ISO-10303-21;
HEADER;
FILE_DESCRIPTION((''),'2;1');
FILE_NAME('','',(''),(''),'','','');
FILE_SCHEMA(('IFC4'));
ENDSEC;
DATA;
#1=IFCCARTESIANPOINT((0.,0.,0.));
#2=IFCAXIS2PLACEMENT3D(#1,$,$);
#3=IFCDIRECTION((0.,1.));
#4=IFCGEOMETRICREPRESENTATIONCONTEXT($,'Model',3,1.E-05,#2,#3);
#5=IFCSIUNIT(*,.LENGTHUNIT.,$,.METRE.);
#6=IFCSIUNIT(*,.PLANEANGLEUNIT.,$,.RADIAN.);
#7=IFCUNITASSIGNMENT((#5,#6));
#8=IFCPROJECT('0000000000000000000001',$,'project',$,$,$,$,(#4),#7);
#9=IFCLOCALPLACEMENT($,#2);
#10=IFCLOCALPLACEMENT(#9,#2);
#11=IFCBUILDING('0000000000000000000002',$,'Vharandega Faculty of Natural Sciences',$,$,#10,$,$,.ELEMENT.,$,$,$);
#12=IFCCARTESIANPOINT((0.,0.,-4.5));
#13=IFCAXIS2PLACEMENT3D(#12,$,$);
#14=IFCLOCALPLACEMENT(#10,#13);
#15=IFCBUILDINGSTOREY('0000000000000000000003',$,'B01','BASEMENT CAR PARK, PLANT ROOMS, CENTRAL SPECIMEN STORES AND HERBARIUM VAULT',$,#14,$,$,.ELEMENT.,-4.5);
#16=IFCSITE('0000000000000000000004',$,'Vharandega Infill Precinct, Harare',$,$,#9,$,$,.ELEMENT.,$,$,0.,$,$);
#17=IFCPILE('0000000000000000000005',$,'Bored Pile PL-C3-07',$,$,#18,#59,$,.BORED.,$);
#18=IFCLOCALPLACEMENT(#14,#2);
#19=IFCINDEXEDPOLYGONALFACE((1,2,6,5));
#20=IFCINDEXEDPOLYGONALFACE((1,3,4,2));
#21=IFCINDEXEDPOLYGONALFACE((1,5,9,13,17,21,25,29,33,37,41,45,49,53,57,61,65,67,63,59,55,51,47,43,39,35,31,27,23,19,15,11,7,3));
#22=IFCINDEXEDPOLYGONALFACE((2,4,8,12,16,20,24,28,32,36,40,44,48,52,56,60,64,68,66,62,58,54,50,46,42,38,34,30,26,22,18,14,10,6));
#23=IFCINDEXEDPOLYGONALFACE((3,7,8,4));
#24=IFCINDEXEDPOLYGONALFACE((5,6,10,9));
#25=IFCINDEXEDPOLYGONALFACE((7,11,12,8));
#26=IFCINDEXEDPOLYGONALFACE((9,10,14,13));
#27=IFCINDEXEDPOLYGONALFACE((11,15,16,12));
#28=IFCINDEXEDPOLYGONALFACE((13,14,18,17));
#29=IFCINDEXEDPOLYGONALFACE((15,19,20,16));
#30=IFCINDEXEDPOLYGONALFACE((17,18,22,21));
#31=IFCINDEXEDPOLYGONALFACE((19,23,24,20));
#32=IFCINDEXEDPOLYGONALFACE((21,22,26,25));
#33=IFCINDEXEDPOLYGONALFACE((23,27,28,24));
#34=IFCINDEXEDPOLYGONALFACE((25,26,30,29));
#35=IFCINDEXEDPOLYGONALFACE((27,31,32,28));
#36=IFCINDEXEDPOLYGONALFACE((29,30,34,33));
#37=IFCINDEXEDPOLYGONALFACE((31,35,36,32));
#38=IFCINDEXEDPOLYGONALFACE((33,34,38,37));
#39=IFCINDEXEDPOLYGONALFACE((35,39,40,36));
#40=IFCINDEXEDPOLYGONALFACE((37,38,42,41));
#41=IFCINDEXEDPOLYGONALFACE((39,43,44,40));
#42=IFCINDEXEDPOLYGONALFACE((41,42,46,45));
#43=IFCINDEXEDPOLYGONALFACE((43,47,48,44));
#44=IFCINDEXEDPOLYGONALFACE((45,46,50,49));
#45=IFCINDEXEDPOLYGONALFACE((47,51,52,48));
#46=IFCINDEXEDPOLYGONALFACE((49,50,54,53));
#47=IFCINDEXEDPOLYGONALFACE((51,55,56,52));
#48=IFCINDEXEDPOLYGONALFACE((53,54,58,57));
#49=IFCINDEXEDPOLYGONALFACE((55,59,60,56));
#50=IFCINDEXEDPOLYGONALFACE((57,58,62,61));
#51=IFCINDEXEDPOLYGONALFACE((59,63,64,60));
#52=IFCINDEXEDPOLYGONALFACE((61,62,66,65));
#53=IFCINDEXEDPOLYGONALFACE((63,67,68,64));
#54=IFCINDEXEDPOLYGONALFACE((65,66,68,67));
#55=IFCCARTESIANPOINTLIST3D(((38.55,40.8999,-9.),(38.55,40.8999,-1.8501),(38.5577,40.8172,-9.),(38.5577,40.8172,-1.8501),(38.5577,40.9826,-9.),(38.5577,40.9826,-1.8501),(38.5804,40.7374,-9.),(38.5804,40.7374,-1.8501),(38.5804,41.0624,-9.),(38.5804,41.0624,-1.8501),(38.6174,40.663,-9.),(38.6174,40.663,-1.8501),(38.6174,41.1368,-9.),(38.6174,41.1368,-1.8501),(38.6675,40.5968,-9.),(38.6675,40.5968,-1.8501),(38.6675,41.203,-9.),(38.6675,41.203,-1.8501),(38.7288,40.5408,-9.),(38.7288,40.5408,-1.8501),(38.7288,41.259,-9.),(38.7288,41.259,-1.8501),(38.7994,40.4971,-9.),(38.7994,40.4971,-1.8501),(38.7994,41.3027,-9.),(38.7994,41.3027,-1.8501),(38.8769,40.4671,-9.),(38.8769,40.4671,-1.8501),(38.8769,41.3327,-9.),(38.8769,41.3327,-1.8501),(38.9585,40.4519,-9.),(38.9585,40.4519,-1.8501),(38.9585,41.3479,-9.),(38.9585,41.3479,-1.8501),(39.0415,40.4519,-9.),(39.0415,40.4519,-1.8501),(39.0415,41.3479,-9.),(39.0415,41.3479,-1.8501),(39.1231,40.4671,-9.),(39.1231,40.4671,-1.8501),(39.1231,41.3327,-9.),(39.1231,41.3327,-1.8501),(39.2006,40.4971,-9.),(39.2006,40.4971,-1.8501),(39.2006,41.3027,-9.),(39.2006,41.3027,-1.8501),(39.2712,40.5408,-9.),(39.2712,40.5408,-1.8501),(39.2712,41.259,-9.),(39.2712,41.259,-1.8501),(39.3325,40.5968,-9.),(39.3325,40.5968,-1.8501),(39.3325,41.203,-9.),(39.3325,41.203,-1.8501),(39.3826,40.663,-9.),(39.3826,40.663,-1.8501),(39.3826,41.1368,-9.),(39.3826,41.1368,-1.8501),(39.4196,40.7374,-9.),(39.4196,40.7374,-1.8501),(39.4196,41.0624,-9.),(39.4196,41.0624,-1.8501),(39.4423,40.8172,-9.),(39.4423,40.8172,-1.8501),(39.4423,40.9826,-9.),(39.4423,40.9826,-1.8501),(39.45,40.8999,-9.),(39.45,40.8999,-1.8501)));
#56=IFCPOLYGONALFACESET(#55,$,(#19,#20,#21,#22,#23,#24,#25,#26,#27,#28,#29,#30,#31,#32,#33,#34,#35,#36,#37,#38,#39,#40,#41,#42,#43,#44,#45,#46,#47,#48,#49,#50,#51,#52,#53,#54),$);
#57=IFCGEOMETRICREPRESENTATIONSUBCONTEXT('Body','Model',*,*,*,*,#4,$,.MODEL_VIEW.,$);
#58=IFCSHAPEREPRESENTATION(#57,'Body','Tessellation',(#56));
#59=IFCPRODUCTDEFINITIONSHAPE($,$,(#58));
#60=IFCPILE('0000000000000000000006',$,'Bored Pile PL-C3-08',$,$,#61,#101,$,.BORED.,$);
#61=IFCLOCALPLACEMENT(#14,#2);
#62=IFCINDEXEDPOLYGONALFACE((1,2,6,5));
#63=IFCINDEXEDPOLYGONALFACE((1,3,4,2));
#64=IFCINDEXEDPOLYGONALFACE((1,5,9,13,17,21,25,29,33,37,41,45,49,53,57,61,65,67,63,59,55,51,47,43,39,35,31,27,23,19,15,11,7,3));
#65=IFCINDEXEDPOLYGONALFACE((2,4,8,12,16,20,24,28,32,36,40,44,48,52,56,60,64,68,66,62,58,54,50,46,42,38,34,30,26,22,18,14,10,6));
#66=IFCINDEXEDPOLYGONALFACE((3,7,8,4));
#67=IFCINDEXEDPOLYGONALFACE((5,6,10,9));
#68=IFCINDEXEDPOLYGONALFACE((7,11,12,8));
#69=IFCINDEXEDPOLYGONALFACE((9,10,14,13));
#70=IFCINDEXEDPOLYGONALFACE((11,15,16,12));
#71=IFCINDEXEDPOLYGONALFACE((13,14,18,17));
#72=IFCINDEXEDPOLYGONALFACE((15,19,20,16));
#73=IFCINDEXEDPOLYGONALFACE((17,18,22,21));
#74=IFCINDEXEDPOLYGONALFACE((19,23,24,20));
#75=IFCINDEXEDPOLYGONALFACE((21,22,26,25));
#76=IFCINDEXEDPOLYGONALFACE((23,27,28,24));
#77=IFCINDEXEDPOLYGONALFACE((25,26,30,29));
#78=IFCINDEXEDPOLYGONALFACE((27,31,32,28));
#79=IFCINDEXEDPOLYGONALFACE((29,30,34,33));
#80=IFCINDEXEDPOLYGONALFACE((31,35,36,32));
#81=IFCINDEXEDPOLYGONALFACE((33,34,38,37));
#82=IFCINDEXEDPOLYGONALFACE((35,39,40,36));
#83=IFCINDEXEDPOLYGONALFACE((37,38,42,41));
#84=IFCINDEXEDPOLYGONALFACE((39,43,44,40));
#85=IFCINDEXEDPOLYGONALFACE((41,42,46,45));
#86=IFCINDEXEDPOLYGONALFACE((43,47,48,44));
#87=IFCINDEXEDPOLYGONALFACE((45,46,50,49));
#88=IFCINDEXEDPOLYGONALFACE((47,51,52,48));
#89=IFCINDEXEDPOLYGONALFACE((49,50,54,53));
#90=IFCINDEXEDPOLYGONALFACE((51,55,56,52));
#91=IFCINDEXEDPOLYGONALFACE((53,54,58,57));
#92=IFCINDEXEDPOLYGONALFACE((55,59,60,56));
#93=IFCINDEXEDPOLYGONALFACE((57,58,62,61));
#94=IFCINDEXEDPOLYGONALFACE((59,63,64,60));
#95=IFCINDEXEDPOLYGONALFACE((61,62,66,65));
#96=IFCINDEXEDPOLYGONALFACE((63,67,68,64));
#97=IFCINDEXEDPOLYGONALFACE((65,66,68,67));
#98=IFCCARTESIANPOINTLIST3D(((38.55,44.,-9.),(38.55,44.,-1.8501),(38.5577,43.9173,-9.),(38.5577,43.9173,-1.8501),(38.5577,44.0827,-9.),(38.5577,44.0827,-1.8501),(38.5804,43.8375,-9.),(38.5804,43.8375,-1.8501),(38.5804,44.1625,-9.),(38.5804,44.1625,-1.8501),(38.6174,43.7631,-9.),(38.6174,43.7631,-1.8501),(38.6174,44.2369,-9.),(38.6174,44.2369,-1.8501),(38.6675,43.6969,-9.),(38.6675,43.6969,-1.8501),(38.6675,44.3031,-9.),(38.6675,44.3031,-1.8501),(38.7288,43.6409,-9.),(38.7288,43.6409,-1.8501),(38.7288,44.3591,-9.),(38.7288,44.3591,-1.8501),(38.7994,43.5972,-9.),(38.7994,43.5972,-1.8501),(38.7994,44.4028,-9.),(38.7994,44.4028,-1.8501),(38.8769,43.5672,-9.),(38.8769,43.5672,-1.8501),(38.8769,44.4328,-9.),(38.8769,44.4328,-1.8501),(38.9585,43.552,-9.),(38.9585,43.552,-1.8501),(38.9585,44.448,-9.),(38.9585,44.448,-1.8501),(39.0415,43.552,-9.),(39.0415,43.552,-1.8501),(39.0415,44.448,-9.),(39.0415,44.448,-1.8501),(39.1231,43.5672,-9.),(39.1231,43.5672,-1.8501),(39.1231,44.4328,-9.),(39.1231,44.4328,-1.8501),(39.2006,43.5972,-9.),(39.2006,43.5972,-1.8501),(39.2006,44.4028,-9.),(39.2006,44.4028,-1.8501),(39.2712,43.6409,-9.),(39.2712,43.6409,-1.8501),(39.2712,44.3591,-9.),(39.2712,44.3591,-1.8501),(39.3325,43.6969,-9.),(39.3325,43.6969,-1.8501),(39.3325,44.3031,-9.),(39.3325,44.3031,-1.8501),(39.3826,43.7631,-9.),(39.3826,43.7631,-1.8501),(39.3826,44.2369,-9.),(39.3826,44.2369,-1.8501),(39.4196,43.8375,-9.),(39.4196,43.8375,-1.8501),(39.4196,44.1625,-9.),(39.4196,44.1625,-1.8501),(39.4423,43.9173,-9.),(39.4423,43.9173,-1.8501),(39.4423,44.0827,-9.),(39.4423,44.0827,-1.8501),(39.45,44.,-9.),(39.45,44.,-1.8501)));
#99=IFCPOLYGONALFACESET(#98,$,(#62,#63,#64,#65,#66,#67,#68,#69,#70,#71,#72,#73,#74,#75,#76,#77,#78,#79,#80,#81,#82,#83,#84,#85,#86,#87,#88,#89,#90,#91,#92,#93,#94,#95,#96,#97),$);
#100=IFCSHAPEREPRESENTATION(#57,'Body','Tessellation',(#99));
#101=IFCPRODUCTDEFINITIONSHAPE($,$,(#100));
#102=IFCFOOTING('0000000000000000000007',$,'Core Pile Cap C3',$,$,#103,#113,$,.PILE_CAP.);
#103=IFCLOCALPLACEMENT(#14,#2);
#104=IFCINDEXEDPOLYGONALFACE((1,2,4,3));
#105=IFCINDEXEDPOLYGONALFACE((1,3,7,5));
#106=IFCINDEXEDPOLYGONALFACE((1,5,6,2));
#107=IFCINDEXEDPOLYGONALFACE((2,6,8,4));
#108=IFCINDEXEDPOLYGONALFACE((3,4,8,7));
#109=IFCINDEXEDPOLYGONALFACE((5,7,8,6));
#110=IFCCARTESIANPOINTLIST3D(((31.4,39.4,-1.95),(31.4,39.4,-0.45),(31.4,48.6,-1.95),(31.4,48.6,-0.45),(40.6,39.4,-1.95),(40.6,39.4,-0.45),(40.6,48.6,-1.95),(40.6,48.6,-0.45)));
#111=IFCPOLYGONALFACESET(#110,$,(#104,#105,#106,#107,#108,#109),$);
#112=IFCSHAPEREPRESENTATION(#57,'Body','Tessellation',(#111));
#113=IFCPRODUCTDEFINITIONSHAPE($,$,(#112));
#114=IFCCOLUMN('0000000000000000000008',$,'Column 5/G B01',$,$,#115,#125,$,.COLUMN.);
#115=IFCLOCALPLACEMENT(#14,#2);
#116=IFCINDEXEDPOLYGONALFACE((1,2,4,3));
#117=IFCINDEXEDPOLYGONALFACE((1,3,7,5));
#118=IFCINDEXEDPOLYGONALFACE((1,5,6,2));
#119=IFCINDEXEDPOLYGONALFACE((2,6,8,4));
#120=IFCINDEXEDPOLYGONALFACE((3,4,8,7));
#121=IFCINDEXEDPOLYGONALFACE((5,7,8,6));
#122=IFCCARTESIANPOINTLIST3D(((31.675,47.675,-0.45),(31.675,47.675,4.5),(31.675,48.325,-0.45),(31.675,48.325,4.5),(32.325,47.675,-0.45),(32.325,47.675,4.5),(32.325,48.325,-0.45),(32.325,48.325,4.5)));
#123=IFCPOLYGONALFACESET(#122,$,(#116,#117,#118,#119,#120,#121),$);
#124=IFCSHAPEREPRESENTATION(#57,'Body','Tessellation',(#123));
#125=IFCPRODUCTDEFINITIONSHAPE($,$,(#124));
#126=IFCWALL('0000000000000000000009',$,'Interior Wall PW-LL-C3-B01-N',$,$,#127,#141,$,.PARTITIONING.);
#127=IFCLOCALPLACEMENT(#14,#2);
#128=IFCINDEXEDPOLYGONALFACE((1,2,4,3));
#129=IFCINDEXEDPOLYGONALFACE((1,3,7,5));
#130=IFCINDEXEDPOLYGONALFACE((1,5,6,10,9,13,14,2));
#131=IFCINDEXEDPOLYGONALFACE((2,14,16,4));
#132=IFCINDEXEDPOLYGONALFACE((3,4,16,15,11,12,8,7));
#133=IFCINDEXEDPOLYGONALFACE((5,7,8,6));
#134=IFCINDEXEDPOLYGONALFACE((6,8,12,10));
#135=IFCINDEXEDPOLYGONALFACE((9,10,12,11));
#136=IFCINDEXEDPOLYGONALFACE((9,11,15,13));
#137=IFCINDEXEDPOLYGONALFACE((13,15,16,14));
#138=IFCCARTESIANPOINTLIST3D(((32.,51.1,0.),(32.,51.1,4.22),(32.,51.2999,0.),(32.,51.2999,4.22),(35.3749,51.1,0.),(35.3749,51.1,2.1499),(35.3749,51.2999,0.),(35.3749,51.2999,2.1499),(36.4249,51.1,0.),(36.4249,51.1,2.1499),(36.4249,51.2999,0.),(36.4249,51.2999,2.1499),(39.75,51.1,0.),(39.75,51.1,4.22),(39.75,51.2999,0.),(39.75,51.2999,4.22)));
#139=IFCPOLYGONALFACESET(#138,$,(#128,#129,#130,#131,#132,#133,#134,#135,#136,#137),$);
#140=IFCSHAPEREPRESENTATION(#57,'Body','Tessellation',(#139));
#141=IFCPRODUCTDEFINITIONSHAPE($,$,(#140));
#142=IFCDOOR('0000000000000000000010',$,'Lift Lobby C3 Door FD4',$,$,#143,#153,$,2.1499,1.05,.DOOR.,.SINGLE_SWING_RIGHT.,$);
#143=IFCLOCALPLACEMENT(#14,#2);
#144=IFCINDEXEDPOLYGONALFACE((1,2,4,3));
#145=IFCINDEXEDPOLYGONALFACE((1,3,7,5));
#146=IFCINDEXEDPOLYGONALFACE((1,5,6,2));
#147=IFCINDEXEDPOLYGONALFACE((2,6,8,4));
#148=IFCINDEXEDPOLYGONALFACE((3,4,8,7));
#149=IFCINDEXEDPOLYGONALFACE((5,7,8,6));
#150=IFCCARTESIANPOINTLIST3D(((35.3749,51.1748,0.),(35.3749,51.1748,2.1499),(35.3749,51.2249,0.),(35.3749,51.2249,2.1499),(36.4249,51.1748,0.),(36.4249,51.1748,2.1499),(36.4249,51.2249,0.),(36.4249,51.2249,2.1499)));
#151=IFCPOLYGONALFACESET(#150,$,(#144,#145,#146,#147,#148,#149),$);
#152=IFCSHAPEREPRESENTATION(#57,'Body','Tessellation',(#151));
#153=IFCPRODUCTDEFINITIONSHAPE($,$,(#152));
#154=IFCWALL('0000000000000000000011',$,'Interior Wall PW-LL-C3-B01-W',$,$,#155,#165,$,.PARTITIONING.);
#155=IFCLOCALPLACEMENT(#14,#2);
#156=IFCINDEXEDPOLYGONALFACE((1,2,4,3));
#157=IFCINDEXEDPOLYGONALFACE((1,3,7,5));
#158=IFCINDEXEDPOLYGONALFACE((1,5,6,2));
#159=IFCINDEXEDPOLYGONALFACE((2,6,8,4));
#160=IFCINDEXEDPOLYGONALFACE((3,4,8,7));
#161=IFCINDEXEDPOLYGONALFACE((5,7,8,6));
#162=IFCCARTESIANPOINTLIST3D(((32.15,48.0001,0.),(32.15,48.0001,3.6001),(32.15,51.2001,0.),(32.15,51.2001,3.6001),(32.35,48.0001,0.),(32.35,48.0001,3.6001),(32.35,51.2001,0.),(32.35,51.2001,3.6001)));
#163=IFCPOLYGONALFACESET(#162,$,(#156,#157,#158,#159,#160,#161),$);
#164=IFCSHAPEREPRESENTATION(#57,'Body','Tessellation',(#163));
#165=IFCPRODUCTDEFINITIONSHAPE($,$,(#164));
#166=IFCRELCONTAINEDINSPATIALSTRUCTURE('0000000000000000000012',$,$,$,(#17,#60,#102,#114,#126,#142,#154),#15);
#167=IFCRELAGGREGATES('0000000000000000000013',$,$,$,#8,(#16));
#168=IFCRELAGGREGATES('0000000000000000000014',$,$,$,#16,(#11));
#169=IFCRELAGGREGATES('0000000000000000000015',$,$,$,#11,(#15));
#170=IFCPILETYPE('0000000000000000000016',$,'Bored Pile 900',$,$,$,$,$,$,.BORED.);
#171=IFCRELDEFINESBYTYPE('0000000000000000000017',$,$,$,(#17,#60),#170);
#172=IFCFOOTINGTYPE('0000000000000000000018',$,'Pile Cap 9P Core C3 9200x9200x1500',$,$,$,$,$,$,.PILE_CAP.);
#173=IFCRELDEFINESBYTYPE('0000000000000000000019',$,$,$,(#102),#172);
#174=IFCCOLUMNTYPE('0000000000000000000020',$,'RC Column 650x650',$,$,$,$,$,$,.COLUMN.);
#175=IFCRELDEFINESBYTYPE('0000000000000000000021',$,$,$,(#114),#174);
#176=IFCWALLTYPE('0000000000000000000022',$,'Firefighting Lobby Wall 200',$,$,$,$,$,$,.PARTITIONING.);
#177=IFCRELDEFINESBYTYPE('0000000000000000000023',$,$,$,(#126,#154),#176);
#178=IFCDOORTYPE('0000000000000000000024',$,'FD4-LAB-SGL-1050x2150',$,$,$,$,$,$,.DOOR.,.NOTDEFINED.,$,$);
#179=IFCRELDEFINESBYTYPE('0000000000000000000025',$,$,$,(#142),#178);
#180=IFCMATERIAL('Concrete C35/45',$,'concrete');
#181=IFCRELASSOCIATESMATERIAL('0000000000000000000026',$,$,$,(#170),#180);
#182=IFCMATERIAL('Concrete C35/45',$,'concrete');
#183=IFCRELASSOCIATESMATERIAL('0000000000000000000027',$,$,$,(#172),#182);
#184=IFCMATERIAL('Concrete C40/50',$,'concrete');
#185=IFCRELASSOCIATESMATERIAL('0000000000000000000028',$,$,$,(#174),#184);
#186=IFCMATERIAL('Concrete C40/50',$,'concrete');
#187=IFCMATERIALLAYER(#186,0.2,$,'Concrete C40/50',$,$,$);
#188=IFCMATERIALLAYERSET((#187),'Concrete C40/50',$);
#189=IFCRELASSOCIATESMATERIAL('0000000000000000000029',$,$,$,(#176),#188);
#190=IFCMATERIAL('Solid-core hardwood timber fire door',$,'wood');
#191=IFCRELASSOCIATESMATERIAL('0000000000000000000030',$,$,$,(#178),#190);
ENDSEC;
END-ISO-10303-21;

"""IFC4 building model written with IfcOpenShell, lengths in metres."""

from ifc_helpers import new_model, si_unit, direction, frame, frame_2d, origin, origin_2d, place, context, subcontext, project, spatial, rectangle, circle, extrude, material, layer, layer_set, material_profile, profile_set, type_object, element, fill, save


model = new_model("IFC4")

# Units and contexts
model_context = context("Model", 3, precision=1e-05, world=origin(), true_north=direction((0.0, 1.0)))
body_context = subcontext(model_context, "Body", "Model", "MODEL_VIEW")
ifc_project = project(units=[si_unit("LENGTHUNIT", "METRE"), si_unit("PLANEANGLEUNIT", "RADIAN")], contexts=[model_context])

# Site, building, storey
site_placement = place(None, origin())
site = spatial("IfcSite", under=ifc_project, at=site_placement, Name="Vharandega Infill Precinct, Harare", CompositionType="ELEMENT", RefElevation=0.0)
building_placement = place(site_placement, origin())
building = spatial("IfcBuilding", under=site, at=building_placement, Name="Vharandega Faculty of Natural Sciences", CompositionType="ELEMENT")
storey_placement = place(building_placement, frame((0.0, 0.0, -4.5)))
storey = spatial("IfcBuildingStorey", under=building, at=storey_placement, Name="B01", Description="BASEMENT CAR PARK, PLANT ROOMS, CENTRAL SPECIMEN STORES AND HERBARIUM VAULT", CompositionType="ELEMENT", Elevation=-4.5)

# Piles
ifc_material_1 = material(Name="Concrete C35/45", Category="concrete")
ifc_material_profile_1 = material_profile(ifc_material_1, circle(Radius=0.45, at=origin_2d()), Name="PILE 900")
ifc_profile_set_1 = profile_set([ifc_material_profile_1], Name="Concrete C35/45")
pile_type = type_object("IfcPileType", Name="Bored Pile 900", PredefinedType="BORED", material=ifc_profile_set_1)
for number, where, z_axis, x_axis, name in (
    (1, (39.0, 40.8999, -1.8501), (0.0, 0.0, -1.0), (1.0, 0.0, 0.0), "Bored Pile PL-C3-07"),
    (2, (39.0, 44.0, -1.8501), (0.0, 0.0, -1.0), (1.0, 0.0, 0.0), "Bored Pile PL-C3-08"),
):
    element("IfcPile", number, at=place(storey_placement, frame(where, z_axis=z_axis, x_axis=x_axis)), inside=storey, type_object=pile_type, Name=name, PredefinedType="BORED", context=body_context, shape_type="SweptSolid", body=[
        extrude(circle(Radius=0.45, at=origin_2d()), origin(), (0.0, 0.0, 1.0), 7.1499),
    ])

# Footing
ifc_material_2 = material(Name="Concrete C35/45", Category="concrete")
footing_type = type_object("IfcFootingType", Name="Pile Cap 9P Core C3 9200x9200x1500", PredefinedType="PILE_CAP", material=ifc_material_2)
footing_placement = place(storey_placement, frame((36.0, 44.0, -1.95), z_axis=(0.0, 0.0, 1.0), x_axis=(1.0, 0.0, 0.0)))
element("IfcFooting", 3, at=footing_placement, inside=storey, type_object=footing_type, Name="Core Pile Cap C3", PredefinedType="PILE_CAP", context=body_context, shape_type="SweptSolid", body=[
    extrude(rectangle(XDim=9.2, YDim=9.2, at=origin_2d()), origin(), (0.0, 0.0, 1.0), 1.5),
])

# Column
ifc_material_3 = material(Name="Concrete C40/50", Category="concrete")
ifc_material_profile_2 = material_profile(ifc_material_3, rectangle(XDim=0.6499, YDim=0.6499, at=origin_2d()), Name="RC 650x650")
ifc_profile_set_2 = profile_set([ifc_material_profile_2], Name="Concrete C40/50")
column_type = type_object("IfcColumnType", Name="RC Column 650x650", PredefinedType="COLUMN", material=ifc_profile_set_2)
column_placement = place(storey_placement, frame((32.0, 48.0, -0.45), z_axis=(0.0, 0.0, 1.0), x_axis=(1.0, 0.0, 0.0)))
element("IfcColumn", 4, at=column_placement, inside=storey, type_object=column_type, Name="Column 5/G B01", PredefinedType="COLUMN", context=body_context, shape_type="SweptSolid", body=[
    extrude(rectangle(XDim=0.6499, YDim=0.6499, at=origin_2d()), origin(), (0.0, 0.0, 1.0), 4.95),
])

# Wall, opening, door
ifc_material_4 = material(Name="Concrete C40/50", Category="concrete")
ifc_layer_1 = layer(ifc_material_4, 0.2, Name="Concrete C40/50")
ifc_layer_set_1 = layer_set([ifc_layer_1], Name="Concrete C40/50")
wall_type_1 = type_object("IfcWallType", Name="Firefighting Lobby Wall 200", PredefinedType="PARTITIONING", material=ifc_layer_set_1)
wall_1_placement = place(storey_placement, frame((32.0, 51.2, 0.0), z_axis=(0.0, 0.0, 1.0), x_axis=(1.0, 0.0, 0.0)))
wall_1 = element("IfcWall", 5, at=wall_1_placement, inside=storey, type_object=wall_type_1, Name="Interior Wall PW-LL-C3-B01-N", PredefinedType="PARTITIONING", context=body_context, shape_type="SweptSolid", body=[
    extrude(rectangle(XDim=7.75, YDim=0.2, at=frame_2d((3.875, 0.0))), origin(), (0.0, 0.0, 1.0), 4.22),
])
opening_1_placement = place(wall_1_placement, frame((3.375, 0.0, 0.0)))
opening_1 = element("IfcOpeningElement", 6, at=opening_1_placement, cuts=wall_1, PredefinedType="OPENING", context=body_context, shape_type="SweptSolid", body=[
    extrude(rectangle(XDim=1.05, YDim=2.1499, at=frame_2d((0.5249, 1.075))), frame((0.0, 0.1099, 0.0), z_axis=(0.0, -1.0, 0.0), x_axis=(1.0, 0.0, 0.0)), (0.0, 0.0, 1.0), 0.22),
])
ifc_material_5 = material(Name="Solid-core hardwood timber fire door", Category="wood")
door_type_1 = type_object("IfcDoorType", Name="FD4-LAB-SGL-1050x2150", OperationType="NOTDEFINED", PredefinedType="DOOR", material=ifc_material_5)
door_1_placement = place(opening_1_placement, origin())
door_1 = element("IfcDoor", 7, at=door_1_placement, inside=storey, type_object=door_type_1, Name="Lift Lobby C3 Door FD4", OperationType="SINGLE_SWING_RIGHT", OverallHeight=2.1499, OverallWidth=1.05, PredefinedType="DOOR", context=body_context, shape_type="SweptSolid", body=[
    extrude(rectangle(XDim=1.05, YDim=2.1499, at=frame_2d((0.5249, 1.075))), frame((0.0, 0.0249, 0.0), z_axis=(0.0, -1.0, 0.0), x_axis=(1.0, 0.0, 0.0)), (0.0, 0.0, 1.0), 0.05),
])
fill(opening_1, door_1)

# Wall
wall_2_placement = place(storey_placement, frame((32.25, 48.0, 0.0), z_axis=(0.0, 0.0, 1.0), x_axis=(0.0, 1.0, 0.0)))
element("IfcWall", 8, at=wall_2_placement, inside=storey, type_object=wall_type_1, Name="Interior Wall PW-LL-C3-B01-W", PredefinedType="PARTITIONING", context=body_context, shape_type="SweptSolid", body=[
    extrude(rectangle(XDim=3.2, YDim=0.2, at=frame_2d((1.6001, 0.0))), origin(), (0.0, 0.0, 1.0), 3.6001),
])

save(model, "model.ifc")
